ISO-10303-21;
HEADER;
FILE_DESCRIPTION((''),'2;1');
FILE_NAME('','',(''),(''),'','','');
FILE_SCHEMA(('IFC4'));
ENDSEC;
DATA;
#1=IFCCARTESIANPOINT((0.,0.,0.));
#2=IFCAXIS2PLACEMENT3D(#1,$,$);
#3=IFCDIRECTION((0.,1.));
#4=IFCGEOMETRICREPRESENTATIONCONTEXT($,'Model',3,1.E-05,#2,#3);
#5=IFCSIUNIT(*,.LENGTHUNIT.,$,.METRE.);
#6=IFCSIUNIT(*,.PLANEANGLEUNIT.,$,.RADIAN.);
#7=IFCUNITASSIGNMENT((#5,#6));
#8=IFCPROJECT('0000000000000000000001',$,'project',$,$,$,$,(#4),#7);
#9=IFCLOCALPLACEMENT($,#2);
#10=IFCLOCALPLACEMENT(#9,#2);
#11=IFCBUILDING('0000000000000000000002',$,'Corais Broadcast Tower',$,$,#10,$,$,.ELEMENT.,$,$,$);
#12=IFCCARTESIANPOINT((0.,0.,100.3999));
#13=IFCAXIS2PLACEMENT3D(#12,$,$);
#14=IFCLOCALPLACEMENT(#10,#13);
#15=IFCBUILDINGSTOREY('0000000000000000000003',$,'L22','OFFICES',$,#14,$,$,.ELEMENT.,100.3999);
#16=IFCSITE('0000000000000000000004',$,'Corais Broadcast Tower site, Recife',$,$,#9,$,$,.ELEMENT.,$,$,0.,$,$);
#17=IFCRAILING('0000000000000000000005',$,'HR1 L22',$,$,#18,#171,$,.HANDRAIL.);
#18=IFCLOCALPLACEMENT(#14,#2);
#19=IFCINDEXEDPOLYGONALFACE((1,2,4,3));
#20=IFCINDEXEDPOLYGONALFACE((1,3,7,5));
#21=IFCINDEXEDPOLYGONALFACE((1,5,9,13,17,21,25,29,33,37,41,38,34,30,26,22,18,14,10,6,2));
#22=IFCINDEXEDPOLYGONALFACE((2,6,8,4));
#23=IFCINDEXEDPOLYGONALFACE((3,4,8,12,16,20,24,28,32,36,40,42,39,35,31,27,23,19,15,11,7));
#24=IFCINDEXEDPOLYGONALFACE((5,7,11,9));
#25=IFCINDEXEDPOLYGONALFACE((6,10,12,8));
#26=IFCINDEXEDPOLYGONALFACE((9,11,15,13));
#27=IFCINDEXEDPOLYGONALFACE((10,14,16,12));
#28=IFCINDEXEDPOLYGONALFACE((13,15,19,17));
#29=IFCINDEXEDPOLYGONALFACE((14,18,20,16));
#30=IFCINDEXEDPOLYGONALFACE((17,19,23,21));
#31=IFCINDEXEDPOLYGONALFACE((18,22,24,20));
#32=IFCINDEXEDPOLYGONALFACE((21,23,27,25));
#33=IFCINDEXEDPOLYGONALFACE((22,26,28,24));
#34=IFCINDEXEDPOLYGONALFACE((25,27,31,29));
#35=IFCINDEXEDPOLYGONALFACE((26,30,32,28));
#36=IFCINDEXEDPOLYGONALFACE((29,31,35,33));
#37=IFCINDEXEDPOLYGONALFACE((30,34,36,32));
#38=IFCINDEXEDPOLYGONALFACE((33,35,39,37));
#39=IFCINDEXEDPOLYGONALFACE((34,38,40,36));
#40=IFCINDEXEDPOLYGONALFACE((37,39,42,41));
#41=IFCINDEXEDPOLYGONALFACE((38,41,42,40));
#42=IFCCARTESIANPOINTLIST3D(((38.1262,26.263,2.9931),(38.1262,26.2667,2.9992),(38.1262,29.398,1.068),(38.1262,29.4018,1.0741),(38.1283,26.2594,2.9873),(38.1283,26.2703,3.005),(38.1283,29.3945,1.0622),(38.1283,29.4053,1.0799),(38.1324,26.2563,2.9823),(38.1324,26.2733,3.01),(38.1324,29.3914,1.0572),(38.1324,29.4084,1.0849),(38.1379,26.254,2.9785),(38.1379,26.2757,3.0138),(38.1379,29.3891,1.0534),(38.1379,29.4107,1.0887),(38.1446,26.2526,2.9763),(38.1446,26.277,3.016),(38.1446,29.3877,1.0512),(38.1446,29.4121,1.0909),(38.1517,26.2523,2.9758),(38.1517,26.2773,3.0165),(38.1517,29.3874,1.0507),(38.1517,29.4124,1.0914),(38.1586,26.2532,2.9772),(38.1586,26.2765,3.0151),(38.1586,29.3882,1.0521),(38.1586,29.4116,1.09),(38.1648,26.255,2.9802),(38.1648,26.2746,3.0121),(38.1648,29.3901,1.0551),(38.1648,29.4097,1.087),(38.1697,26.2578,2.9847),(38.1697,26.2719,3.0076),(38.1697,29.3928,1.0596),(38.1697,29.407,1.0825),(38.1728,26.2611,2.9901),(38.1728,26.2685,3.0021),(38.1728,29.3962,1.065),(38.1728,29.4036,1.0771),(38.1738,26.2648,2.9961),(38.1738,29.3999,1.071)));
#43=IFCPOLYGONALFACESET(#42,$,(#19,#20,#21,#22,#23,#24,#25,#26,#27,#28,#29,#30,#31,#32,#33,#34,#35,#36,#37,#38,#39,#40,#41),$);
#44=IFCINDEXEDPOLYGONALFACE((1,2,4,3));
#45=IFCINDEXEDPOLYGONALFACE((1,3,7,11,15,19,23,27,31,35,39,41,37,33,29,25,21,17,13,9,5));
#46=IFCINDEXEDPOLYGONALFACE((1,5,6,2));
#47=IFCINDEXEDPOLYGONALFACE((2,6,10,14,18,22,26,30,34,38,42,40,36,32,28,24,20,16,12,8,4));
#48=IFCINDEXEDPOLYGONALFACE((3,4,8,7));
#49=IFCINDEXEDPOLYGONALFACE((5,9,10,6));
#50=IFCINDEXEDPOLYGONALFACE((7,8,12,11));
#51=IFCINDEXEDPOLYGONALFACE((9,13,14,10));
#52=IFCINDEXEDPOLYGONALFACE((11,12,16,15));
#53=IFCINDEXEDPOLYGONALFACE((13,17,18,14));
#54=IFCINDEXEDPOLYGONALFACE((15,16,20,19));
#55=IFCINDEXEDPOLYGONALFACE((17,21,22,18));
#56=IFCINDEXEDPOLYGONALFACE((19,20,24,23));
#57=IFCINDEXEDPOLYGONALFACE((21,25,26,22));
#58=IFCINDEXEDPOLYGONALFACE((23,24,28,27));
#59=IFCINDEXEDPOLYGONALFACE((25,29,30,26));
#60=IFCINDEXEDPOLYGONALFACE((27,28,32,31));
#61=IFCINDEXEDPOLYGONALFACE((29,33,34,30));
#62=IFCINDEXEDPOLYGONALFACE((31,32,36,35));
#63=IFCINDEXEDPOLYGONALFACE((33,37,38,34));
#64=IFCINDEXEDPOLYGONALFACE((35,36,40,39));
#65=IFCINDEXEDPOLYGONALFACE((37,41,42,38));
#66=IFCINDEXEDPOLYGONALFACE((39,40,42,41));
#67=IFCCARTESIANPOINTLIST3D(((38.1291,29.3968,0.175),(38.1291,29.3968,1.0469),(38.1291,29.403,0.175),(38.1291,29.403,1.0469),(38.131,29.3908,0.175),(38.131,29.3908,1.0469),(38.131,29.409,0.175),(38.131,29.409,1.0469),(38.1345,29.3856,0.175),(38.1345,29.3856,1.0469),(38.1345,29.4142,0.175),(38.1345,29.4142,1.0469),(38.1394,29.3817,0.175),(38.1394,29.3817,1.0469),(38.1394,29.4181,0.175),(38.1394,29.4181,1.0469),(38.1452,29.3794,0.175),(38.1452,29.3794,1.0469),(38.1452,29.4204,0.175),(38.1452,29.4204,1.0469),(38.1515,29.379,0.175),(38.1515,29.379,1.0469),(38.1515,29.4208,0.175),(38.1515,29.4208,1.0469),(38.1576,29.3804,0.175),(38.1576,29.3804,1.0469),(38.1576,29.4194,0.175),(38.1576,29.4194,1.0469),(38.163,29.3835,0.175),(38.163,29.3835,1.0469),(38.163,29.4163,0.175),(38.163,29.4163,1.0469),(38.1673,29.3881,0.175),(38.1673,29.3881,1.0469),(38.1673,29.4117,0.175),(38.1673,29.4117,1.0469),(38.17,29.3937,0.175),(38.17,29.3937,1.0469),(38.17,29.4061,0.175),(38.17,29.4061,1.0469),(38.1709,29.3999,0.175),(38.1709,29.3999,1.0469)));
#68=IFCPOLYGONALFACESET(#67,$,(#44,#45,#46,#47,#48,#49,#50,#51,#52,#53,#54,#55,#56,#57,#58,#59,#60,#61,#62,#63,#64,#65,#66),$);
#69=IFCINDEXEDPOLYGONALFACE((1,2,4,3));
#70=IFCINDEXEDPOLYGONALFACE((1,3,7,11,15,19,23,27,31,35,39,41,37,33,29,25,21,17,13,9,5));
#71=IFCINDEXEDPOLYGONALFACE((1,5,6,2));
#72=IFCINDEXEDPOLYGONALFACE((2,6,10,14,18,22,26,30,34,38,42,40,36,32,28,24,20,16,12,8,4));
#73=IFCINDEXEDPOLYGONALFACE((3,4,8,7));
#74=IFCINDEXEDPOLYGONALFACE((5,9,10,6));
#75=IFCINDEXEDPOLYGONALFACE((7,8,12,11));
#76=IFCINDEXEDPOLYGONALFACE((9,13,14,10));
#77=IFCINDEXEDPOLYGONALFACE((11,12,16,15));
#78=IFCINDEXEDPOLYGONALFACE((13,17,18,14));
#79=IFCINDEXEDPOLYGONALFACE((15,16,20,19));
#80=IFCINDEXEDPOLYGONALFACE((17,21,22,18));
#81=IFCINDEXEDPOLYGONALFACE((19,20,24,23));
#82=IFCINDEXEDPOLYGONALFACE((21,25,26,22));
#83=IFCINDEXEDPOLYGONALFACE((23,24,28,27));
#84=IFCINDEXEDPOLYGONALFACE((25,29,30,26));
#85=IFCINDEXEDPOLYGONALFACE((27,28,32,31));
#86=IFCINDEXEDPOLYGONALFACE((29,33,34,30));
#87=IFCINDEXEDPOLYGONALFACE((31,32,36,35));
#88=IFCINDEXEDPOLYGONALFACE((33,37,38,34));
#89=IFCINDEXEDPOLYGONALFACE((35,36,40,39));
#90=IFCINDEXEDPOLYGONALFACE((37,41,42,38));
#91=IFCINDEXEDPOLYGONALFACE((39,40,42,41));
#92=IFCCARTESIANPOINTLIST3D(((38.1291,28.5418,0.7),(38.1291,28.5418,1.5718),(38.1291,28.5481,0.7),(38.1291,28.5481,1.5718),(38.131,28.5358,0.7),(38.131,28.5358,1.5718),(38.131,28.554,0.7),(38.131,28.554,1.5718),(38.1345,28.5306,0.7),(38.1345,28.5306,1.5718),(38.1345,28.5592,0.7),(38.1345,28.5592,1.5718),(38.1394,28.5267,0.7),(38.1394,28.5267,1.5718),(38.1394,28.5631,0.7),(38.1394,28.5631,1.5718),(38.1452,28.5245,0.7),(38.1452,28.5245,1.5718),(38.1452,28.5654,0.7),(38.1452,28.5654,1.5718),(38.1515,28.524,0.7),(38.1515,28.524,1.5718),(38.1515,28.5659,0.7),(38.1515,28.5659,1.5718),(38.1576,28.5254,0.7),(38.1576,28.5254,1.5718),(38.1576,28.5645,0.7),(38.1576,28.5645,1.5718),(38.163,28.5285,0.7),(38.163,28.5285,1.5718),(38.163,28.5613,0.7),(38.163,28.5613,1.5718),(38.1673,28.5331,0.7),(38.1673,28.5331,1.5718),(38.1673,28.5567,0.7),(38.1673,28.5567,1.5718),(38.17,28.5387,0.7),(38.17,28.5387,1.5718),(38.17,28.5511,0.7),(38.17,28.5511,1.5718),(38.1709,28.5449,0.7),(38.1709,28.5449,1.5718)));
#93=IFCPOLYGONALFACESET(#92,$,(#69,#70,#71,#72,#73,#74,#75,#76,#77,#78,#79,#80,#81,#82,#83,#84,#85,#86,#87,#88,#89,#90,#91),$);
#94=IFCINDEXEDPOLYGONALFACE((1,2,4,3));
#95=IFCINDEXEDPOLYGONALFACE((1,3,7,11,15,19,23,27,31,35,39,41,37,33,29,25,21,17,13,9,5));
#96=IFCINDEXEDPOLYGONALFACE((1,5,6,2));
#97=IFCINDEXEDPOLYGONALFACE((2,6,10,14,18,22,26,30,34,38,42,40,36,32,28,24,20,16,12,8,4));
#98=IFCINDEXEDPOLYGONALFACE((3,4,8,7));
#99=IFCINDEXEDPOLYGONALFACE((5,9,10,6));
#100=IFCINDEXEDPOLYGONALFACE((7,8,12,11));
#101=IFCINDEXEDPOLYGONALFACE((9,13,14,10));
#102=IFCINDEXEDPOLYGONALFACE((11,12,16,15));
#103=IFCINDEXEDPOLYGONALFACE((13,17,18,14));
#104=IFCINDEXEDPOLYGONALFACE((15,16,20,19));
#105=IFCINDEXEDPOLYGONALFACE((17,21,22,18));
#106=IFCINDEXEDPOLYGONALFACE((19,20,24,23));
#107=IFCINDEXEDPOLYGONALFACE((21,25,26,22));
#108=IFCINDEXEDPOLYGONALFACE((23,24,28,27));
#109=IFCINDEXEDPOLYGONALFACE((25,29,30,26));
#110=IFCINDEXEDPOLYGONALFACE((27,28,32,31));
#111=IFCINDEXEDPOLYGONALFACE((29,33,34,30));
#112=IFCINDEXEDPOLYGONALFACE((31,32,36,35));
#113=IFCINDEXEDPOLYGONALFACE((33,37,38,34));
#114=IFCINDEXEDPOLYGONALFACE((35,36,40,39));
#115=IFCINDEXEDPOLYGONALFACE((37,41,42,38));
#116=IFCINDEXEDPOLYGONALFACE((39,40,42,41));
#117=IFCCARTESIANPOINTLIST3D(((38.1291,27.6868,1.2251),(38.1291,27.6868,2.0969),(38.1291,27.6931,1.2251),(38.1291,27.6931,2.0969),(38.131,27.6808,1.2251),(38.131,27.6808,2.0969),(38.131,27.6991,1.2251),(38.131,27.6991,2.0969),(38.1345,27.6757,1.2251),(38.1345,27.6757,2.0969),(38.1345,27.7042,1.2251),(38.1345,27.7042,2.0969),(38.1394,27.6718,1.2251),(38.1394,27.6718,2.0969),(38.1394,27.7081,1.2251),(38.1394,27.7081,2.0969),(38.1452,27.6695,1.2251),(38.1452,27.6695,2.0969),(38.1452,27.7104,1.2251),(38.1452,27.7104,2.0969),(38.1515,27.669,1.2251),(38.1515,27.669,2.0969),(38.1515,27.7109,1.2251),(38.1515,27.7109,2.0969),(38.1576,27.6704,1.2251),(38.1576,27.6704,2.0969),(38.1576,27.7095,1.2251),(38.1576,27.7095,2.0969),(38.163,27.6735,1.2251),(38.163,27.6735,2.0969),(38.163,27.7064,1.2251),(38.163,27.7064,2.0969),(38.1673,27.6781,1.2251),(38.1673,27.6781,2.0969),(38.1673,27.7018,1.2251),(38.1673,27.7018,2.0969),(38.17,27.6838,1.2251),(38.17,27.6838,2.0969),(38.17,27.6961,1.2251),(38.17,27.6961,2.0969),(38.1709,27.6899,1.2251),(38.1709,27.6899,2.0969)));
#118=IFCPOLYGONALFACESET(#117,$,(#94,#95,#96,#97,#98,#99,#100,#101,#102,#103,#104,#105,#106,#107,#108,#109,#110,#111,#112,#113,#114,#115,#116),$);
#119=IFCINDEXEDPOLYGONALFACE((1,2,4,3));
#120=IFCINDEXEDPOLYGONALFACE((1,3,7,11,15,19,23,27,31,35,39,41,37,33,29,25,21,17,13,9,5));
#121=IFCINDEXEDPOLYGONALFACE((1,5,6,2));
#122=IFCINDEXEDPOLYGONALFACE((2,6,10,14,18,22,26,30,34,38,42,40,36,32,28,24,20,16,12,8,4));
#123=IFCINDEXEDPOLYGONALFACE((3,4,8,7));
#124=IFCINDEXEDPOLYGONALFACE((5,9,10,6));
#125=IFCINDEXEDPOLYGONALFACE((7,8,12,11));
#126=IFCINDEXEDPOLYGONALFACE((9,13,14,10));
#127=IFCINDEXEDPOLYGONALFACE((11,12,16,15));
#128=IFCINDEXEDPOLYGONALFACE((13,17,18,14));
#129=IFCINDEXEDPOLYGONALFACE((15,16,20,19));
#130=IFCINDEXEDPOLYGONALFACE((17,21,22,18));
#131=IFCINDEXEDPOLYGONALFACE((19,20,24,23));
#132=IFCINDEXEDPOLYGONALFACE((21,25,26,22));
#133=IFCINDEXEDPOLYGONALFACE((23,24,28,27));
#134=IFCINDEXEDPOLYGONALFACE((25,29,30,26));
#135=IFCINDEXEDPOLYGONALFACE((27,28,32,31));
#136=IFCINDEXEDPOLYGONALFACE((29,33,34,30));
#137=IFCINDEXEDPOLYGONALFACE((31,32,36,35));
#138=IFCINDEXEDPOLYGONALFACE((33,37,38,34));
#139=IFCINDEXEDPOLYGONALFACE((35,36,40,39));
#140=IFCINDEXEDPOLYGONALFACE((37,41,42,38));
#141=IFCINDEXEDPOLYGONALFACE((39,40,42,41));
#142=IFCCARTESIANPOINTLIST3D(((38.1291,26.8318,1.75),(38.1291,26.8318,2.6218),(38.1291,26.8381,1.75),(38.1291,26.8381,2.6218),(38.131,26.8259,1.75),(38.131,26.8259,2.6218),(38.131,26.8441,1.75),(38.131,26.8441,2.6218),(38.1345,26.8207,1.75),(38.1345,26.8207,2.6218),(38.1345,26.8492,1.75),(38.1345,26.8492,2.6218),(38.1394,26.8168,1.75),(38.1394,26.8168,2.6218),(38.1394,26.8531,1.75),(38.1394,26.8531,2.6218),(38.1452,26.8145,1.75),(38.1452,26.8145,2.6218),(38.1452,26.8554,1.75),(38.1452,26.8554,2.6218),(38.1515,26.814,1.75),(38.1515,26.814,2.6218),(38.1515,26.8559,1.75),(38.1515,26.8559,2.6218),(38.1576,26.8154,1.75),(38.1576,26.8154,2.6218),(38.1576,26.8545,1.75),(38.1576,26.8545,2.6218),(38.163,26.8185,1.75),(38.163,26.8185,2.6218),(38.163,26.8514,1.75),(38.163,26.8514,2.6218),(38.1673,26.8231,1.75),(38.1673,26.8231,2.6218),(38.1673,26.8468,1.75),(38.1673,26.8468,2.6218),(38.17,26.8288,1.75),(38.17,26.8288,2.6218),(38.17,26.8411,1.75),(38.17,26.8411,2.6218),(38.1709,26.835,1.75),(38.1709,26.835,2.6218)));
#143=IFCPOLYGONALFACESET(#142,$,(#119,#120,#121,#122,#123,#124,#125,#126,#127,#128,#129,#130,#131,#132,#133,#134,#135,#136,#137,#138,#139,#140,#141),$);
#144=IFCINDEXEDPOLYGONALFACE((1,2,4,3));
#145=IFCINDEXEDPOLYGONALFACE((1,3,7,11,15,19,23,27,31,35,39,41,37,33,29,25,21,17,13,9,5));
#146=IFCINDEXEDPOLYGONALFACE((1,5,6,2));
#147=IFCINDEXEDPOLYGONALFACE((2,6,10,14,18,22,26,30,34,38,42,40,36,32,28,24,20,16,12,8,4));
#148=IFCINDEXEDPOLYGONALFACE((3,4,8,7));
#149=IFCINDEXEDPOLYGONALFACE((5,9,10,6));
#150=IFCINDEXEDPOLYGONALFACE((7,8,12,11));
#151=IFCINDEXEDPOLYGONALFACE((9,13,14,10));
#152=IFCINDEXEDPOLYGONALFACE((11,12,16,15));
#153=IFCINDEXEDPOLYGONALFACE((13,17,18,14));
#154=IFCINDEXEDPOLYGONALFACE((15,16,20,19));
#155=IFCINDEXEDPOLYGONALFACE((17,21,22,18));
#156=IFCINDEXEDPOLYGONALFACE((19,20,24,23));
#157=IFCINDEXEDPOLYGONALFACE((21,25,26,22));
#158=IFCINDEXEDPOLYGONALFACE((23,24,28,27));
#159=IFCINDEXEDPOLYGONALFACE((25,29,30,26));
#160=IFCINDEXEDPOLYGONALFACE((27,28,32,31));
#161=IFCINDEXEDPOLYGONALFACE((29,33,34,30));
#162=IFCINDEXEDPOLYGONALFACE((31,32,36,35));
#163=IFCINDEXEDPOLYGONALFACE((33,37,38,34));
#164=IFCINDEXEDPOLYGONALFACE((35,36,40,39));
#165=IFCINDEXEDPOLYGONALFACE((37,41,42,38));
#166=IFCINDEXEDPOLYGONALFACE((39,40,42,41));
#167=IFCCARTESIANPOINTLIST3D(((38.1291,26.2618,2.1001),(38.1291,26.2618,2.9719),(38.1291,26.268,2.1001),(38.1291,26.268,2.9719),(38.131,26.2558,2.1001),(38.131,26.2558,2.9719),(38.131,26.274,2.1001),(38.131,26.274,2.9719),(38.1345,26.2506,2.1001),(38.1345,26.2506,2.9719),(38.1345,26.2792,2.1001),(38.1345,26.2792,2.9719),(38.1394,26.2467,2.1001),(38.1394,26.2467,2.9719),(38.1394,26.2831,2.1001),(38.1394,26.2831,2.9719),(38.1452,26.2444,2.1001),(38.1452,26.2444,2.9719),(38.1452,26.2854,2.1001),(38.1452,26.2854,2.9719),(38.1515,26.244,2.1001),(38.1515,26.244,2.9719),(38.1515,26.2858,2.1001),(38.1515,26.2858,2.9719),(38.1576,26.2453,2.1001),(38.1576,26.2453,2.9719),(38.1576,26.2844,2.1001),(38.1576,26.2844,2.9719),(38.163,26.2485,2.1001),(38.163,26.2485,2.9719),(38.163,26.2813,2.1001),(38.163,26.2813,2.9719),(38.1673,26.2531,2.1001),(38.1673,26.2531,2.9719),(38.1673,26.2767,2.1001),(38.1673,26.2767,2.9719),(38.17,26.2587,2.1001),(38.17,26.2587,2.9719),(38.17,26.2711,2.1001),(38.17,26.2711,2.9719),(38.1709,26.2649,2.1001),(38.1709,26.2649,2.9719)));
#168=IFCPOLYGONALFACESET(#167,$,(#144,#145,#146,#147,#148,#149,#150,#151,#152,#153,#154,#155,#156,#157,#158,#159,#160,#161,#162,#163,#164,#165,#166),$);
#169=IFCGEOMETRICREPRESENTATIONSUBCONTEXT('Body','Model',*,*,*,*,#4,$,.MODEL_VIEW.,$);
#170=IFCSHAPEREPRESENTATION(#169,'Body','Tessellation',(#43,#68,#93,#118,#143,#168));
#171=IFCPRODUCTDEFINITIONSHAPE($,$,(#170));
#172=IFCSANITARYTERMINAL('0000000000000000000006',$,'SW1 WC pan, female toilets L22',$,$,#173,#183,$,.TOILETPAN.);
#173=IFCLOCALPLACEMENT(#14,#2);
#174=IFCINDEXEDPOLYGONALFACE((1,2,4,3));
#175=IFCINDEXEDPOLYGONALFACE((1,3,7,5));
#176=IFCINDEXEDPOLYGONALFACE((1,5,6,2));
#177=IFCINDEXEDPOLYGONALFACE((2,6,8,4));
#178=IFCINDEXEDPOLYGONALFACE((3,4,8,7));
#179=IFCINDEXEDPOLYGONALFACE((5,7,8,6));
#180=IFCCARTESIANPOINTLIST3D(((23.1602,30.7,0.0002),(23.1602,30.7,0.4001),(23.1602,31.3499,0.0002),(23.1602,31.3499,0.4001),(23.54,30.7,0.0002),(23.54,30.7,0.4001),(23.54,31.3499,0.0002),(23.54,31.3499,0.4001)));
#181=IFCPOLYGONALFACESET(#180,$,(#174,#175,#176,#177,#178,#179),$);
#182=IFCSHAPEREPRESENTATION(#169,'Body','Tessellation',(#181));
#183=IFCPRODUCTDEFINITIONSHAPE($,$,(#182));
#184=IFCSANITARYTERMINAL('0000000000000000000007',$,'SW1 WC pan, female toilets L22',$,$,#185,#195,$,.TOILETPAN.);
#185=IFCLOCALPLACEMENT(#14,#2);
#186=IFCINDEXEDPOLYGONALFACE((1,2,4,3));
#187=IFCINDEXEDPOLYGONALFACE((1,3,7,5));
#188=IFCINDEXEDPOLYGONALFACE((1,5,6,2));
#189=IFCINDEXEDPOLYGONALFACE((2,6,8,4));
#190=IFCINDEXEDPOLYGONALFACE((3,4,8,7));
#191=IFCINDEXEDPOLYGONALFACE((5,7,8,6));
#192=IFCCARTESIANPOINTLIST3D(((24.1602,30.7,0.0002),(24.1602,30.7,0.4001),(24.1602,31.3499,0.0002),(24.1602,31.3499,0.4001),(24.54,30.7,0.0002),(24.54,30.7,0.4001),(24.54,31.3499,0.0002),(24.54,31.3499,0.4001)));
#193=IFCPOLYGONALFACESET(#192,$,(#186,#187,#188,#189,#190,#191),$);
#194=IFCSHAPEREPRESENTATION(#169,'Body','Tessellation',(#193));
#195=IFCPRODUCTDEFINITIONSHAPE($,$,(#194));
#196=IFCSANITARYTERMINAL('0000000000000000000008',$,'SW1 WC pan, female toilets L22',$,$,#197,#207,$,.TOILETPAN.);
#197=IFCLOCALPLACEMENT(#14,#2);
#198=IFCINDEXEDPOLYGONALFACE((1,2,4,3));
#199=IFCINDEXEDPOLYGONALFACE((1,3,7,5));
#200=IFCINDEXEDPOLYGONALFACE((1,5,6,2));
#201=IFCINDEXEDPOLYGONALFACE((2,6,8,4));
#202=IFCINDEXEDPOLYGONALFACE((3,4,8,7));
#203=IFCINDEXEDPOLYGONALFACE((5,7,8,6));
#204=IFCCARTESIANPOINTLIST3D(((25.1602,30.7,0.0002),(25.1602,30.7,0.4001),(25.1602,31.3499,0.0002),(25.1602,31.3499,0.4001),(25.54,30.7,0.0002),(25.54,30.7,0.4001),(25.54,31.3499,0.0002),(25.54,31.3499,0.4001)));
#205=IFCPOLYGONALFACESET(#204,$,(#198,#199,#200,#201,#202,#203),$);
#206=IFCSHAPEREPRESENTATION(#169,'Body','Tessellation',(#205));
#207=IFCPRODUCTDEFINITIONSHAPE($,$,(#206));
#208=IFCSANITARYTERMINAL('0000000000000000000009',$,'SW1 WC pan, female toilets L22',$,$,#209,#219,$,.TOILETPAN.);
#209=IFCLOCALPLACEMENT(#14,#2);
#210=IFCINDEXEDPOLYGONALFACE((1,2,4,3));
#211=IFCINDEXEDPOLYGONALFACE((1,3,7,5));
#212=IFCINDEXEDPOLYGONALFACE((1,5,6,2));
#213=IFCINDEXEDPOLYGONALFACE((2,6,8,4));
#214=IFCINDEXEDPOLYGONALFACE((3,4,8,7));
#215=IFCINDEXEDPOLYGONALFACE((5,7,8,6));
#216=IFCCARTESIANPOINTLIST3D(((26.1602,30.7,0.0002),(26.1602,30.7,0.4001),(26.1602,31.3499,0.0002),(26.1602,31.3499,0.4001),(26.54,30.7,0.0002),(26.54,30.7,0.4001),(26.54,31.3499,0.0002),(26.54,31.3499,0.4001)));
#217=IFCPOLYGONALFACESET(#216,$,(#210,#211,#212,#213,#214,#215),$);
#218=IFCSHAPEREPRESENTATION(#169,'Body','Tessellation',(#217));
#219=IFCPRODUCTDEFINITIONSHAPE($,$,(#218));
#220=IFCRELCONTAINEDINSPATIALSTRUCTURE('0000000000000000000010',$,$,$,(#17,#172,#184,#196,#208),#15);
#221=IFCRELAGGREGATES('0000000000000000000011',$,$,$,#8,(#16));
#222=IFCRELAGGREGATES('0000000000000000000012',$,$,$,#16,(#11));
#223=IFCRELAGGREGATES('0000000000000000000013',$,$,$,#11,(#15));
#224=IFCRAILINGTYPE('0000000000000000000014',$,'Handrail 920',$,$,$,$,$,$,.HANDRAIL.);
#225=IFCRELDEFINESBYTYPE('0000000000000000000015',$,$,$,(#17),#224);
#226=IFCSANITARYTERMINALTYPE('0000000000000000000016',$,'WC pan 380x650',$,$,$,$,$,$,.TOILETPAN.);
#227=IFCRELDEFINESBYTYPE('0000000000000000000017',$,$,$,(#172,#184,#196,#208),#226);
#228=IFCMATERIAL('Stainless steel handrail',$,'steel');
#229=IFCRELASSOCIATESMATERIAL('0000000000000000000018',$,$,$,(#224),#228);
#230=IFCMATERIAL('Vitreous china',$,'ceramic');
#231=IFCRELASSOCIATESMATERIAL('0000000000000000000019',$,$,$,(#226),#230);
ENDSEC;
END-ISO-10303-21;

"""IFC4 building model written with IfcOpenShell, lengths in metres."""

from ifc_helpers import new_model, si_unit, direction, frame, origin, origin_2d, place, context, subcontext, project, spatial, rectangle, circle, extrude, material, type_object, element, save


model = new_model("IFC4")

# Units and contexts
model_context = context("Model", 3, precision=1e-05, world=origin(), true_north=direction((0.0, 1.0)))
body_context = subcontext(model_context, "Body", "Model", "MODEL_VIEW")
ifc_project = project(units=[si_unit("LENGTHUNIT", "METRE"), si_unit("PLANEANGLEUNIT", "RADIAN")], contexts=[model_context])

# Site, building, storey
site_placement = place(None, origin())
site = spatial("IfcSite", under=ifc_project, at=site_placement, Name="Corais Broadcast Tower site, Recife", CompositionType="ELEMENT", RefElevation=0.0)
building_placement = place(site_placement, origin())
building = spatial("IfcBuilding", under=site, at=building_placement, Name="Corais Broadcast Tower", CompositionType="ELEMENT")
storey_placement = place(building_placement, frame((0.0, 0.0, 100.3999)))
storey = spatial("IfcBuildingStorey", under=building, at=storey_placement, Name="L22", Description="OFFICES", CompositionType="ELEMENT", Elevation=100.3999)

# Railing
ifc_material_1 = material(Name="Stainless steel handrail", Category="steel")
railing_type = type_object("IfcRailingType", Name="Handrail 920", PredefinedType="HANDRAIL", material=ifc_material_1)
for number, where, name in (
    (1, (38.1499, 29.3999, 0.175), "HR1 L22"),
):
    element("IfcRailing", number, at=place(storey_placement, frame(where)), inside=storey, type_object=railing_type, Name=name, PredefinedType="HANDRAIL", context=body_context, shape_type="SweptSolid", body=[
        extrude(circle(Radius=0.0239, at=origin_2d()), frame((0.0, 0.0, 0.896), z_axis=(0.0, -0.852166, 0.523271), x_axis=(1.0, 0.0, 0.0)), (0.0, 0.0, 1.0), 3.679),
        extrude(circle(Radius=0.021, at=origin_2d()), origin(), (0.0, 0.0, 1.0), 0.8718),
        extrude(circle(Radius=0.021, at=origin_2d()), frame((0.0, -0.855, 0.5249)), (0.0, 0.0, 1.0), 0.8718),
        extrude(circle(Radius=0.021, at=origin_2d()), frame((0.0, -1.71, 1.05)), (0.0, 0.0, 1.0), 0.8718),
        extrude(circle(Radius=0.021, at=origin_2d()), frame((0.0, -2.5649, 1.575)), (0.0, 0.0, 1.0), 0.8718),
        extrude(circle(Radius=0.021, at=origin_2d()), frame((0.0, -3.135, 1.925)), (0.0, 0.0, 1.0), 0.8718),
    ])

# Sanitary terminals
ifc_material_2 = material(Name="Vitreous china", Category="ceramic")
sanitary_terminal_type_1 = type_object("IfcSanitaryTerminalType", Name="WC pan 380x650", PredefinedType="TOILETPAN", material=ifc_material_2)
for number, where, z_axis, x_axis, name in (
    (2, (23.3501, 31.0249, 0.0002), (0.0, 0.0, 1.0), (1.0, 0.0, 0.0), "SW1 WC pan, female toilets L22"),
    (3, (24.3501, 31.0249, 0.0002), (0.0, 0.0, 1.0), (1.0, 0.0, 0.0), "SW1 WC pan, female toilets L22"),
    (4, (25.3501, 31.0249, 0.0002), (0.0, 0.0, 1.0), (1.0, 0.0, 0.0), "SW1 WC pan, female toilets L22"),
    (5, (26.3501, 31.0249, 0.0002), (0.0, 0.0, 1.0), (1.0, 0.0, 0.0), "SW1 WC pan, female toilets L22"),
):
    element("IfcSanitaryTerminal", number, at=place(storey_placement, frame(where, z_axis=z_axis, x_axis=x_axis)), inside=storey, type_object=sanitary_terminal_type_1, Name=name, PredefinedType="TOILETPAN", context=body_context, shape_type="SweptSolid", body=[
        extrude(rectangle(XDim=0.3799, YDim=0.6499, at=origin_2d()), origin(), (0.0, 0.0, 1.0), 0.3999),
    ])

save(model, "model.ifc")
